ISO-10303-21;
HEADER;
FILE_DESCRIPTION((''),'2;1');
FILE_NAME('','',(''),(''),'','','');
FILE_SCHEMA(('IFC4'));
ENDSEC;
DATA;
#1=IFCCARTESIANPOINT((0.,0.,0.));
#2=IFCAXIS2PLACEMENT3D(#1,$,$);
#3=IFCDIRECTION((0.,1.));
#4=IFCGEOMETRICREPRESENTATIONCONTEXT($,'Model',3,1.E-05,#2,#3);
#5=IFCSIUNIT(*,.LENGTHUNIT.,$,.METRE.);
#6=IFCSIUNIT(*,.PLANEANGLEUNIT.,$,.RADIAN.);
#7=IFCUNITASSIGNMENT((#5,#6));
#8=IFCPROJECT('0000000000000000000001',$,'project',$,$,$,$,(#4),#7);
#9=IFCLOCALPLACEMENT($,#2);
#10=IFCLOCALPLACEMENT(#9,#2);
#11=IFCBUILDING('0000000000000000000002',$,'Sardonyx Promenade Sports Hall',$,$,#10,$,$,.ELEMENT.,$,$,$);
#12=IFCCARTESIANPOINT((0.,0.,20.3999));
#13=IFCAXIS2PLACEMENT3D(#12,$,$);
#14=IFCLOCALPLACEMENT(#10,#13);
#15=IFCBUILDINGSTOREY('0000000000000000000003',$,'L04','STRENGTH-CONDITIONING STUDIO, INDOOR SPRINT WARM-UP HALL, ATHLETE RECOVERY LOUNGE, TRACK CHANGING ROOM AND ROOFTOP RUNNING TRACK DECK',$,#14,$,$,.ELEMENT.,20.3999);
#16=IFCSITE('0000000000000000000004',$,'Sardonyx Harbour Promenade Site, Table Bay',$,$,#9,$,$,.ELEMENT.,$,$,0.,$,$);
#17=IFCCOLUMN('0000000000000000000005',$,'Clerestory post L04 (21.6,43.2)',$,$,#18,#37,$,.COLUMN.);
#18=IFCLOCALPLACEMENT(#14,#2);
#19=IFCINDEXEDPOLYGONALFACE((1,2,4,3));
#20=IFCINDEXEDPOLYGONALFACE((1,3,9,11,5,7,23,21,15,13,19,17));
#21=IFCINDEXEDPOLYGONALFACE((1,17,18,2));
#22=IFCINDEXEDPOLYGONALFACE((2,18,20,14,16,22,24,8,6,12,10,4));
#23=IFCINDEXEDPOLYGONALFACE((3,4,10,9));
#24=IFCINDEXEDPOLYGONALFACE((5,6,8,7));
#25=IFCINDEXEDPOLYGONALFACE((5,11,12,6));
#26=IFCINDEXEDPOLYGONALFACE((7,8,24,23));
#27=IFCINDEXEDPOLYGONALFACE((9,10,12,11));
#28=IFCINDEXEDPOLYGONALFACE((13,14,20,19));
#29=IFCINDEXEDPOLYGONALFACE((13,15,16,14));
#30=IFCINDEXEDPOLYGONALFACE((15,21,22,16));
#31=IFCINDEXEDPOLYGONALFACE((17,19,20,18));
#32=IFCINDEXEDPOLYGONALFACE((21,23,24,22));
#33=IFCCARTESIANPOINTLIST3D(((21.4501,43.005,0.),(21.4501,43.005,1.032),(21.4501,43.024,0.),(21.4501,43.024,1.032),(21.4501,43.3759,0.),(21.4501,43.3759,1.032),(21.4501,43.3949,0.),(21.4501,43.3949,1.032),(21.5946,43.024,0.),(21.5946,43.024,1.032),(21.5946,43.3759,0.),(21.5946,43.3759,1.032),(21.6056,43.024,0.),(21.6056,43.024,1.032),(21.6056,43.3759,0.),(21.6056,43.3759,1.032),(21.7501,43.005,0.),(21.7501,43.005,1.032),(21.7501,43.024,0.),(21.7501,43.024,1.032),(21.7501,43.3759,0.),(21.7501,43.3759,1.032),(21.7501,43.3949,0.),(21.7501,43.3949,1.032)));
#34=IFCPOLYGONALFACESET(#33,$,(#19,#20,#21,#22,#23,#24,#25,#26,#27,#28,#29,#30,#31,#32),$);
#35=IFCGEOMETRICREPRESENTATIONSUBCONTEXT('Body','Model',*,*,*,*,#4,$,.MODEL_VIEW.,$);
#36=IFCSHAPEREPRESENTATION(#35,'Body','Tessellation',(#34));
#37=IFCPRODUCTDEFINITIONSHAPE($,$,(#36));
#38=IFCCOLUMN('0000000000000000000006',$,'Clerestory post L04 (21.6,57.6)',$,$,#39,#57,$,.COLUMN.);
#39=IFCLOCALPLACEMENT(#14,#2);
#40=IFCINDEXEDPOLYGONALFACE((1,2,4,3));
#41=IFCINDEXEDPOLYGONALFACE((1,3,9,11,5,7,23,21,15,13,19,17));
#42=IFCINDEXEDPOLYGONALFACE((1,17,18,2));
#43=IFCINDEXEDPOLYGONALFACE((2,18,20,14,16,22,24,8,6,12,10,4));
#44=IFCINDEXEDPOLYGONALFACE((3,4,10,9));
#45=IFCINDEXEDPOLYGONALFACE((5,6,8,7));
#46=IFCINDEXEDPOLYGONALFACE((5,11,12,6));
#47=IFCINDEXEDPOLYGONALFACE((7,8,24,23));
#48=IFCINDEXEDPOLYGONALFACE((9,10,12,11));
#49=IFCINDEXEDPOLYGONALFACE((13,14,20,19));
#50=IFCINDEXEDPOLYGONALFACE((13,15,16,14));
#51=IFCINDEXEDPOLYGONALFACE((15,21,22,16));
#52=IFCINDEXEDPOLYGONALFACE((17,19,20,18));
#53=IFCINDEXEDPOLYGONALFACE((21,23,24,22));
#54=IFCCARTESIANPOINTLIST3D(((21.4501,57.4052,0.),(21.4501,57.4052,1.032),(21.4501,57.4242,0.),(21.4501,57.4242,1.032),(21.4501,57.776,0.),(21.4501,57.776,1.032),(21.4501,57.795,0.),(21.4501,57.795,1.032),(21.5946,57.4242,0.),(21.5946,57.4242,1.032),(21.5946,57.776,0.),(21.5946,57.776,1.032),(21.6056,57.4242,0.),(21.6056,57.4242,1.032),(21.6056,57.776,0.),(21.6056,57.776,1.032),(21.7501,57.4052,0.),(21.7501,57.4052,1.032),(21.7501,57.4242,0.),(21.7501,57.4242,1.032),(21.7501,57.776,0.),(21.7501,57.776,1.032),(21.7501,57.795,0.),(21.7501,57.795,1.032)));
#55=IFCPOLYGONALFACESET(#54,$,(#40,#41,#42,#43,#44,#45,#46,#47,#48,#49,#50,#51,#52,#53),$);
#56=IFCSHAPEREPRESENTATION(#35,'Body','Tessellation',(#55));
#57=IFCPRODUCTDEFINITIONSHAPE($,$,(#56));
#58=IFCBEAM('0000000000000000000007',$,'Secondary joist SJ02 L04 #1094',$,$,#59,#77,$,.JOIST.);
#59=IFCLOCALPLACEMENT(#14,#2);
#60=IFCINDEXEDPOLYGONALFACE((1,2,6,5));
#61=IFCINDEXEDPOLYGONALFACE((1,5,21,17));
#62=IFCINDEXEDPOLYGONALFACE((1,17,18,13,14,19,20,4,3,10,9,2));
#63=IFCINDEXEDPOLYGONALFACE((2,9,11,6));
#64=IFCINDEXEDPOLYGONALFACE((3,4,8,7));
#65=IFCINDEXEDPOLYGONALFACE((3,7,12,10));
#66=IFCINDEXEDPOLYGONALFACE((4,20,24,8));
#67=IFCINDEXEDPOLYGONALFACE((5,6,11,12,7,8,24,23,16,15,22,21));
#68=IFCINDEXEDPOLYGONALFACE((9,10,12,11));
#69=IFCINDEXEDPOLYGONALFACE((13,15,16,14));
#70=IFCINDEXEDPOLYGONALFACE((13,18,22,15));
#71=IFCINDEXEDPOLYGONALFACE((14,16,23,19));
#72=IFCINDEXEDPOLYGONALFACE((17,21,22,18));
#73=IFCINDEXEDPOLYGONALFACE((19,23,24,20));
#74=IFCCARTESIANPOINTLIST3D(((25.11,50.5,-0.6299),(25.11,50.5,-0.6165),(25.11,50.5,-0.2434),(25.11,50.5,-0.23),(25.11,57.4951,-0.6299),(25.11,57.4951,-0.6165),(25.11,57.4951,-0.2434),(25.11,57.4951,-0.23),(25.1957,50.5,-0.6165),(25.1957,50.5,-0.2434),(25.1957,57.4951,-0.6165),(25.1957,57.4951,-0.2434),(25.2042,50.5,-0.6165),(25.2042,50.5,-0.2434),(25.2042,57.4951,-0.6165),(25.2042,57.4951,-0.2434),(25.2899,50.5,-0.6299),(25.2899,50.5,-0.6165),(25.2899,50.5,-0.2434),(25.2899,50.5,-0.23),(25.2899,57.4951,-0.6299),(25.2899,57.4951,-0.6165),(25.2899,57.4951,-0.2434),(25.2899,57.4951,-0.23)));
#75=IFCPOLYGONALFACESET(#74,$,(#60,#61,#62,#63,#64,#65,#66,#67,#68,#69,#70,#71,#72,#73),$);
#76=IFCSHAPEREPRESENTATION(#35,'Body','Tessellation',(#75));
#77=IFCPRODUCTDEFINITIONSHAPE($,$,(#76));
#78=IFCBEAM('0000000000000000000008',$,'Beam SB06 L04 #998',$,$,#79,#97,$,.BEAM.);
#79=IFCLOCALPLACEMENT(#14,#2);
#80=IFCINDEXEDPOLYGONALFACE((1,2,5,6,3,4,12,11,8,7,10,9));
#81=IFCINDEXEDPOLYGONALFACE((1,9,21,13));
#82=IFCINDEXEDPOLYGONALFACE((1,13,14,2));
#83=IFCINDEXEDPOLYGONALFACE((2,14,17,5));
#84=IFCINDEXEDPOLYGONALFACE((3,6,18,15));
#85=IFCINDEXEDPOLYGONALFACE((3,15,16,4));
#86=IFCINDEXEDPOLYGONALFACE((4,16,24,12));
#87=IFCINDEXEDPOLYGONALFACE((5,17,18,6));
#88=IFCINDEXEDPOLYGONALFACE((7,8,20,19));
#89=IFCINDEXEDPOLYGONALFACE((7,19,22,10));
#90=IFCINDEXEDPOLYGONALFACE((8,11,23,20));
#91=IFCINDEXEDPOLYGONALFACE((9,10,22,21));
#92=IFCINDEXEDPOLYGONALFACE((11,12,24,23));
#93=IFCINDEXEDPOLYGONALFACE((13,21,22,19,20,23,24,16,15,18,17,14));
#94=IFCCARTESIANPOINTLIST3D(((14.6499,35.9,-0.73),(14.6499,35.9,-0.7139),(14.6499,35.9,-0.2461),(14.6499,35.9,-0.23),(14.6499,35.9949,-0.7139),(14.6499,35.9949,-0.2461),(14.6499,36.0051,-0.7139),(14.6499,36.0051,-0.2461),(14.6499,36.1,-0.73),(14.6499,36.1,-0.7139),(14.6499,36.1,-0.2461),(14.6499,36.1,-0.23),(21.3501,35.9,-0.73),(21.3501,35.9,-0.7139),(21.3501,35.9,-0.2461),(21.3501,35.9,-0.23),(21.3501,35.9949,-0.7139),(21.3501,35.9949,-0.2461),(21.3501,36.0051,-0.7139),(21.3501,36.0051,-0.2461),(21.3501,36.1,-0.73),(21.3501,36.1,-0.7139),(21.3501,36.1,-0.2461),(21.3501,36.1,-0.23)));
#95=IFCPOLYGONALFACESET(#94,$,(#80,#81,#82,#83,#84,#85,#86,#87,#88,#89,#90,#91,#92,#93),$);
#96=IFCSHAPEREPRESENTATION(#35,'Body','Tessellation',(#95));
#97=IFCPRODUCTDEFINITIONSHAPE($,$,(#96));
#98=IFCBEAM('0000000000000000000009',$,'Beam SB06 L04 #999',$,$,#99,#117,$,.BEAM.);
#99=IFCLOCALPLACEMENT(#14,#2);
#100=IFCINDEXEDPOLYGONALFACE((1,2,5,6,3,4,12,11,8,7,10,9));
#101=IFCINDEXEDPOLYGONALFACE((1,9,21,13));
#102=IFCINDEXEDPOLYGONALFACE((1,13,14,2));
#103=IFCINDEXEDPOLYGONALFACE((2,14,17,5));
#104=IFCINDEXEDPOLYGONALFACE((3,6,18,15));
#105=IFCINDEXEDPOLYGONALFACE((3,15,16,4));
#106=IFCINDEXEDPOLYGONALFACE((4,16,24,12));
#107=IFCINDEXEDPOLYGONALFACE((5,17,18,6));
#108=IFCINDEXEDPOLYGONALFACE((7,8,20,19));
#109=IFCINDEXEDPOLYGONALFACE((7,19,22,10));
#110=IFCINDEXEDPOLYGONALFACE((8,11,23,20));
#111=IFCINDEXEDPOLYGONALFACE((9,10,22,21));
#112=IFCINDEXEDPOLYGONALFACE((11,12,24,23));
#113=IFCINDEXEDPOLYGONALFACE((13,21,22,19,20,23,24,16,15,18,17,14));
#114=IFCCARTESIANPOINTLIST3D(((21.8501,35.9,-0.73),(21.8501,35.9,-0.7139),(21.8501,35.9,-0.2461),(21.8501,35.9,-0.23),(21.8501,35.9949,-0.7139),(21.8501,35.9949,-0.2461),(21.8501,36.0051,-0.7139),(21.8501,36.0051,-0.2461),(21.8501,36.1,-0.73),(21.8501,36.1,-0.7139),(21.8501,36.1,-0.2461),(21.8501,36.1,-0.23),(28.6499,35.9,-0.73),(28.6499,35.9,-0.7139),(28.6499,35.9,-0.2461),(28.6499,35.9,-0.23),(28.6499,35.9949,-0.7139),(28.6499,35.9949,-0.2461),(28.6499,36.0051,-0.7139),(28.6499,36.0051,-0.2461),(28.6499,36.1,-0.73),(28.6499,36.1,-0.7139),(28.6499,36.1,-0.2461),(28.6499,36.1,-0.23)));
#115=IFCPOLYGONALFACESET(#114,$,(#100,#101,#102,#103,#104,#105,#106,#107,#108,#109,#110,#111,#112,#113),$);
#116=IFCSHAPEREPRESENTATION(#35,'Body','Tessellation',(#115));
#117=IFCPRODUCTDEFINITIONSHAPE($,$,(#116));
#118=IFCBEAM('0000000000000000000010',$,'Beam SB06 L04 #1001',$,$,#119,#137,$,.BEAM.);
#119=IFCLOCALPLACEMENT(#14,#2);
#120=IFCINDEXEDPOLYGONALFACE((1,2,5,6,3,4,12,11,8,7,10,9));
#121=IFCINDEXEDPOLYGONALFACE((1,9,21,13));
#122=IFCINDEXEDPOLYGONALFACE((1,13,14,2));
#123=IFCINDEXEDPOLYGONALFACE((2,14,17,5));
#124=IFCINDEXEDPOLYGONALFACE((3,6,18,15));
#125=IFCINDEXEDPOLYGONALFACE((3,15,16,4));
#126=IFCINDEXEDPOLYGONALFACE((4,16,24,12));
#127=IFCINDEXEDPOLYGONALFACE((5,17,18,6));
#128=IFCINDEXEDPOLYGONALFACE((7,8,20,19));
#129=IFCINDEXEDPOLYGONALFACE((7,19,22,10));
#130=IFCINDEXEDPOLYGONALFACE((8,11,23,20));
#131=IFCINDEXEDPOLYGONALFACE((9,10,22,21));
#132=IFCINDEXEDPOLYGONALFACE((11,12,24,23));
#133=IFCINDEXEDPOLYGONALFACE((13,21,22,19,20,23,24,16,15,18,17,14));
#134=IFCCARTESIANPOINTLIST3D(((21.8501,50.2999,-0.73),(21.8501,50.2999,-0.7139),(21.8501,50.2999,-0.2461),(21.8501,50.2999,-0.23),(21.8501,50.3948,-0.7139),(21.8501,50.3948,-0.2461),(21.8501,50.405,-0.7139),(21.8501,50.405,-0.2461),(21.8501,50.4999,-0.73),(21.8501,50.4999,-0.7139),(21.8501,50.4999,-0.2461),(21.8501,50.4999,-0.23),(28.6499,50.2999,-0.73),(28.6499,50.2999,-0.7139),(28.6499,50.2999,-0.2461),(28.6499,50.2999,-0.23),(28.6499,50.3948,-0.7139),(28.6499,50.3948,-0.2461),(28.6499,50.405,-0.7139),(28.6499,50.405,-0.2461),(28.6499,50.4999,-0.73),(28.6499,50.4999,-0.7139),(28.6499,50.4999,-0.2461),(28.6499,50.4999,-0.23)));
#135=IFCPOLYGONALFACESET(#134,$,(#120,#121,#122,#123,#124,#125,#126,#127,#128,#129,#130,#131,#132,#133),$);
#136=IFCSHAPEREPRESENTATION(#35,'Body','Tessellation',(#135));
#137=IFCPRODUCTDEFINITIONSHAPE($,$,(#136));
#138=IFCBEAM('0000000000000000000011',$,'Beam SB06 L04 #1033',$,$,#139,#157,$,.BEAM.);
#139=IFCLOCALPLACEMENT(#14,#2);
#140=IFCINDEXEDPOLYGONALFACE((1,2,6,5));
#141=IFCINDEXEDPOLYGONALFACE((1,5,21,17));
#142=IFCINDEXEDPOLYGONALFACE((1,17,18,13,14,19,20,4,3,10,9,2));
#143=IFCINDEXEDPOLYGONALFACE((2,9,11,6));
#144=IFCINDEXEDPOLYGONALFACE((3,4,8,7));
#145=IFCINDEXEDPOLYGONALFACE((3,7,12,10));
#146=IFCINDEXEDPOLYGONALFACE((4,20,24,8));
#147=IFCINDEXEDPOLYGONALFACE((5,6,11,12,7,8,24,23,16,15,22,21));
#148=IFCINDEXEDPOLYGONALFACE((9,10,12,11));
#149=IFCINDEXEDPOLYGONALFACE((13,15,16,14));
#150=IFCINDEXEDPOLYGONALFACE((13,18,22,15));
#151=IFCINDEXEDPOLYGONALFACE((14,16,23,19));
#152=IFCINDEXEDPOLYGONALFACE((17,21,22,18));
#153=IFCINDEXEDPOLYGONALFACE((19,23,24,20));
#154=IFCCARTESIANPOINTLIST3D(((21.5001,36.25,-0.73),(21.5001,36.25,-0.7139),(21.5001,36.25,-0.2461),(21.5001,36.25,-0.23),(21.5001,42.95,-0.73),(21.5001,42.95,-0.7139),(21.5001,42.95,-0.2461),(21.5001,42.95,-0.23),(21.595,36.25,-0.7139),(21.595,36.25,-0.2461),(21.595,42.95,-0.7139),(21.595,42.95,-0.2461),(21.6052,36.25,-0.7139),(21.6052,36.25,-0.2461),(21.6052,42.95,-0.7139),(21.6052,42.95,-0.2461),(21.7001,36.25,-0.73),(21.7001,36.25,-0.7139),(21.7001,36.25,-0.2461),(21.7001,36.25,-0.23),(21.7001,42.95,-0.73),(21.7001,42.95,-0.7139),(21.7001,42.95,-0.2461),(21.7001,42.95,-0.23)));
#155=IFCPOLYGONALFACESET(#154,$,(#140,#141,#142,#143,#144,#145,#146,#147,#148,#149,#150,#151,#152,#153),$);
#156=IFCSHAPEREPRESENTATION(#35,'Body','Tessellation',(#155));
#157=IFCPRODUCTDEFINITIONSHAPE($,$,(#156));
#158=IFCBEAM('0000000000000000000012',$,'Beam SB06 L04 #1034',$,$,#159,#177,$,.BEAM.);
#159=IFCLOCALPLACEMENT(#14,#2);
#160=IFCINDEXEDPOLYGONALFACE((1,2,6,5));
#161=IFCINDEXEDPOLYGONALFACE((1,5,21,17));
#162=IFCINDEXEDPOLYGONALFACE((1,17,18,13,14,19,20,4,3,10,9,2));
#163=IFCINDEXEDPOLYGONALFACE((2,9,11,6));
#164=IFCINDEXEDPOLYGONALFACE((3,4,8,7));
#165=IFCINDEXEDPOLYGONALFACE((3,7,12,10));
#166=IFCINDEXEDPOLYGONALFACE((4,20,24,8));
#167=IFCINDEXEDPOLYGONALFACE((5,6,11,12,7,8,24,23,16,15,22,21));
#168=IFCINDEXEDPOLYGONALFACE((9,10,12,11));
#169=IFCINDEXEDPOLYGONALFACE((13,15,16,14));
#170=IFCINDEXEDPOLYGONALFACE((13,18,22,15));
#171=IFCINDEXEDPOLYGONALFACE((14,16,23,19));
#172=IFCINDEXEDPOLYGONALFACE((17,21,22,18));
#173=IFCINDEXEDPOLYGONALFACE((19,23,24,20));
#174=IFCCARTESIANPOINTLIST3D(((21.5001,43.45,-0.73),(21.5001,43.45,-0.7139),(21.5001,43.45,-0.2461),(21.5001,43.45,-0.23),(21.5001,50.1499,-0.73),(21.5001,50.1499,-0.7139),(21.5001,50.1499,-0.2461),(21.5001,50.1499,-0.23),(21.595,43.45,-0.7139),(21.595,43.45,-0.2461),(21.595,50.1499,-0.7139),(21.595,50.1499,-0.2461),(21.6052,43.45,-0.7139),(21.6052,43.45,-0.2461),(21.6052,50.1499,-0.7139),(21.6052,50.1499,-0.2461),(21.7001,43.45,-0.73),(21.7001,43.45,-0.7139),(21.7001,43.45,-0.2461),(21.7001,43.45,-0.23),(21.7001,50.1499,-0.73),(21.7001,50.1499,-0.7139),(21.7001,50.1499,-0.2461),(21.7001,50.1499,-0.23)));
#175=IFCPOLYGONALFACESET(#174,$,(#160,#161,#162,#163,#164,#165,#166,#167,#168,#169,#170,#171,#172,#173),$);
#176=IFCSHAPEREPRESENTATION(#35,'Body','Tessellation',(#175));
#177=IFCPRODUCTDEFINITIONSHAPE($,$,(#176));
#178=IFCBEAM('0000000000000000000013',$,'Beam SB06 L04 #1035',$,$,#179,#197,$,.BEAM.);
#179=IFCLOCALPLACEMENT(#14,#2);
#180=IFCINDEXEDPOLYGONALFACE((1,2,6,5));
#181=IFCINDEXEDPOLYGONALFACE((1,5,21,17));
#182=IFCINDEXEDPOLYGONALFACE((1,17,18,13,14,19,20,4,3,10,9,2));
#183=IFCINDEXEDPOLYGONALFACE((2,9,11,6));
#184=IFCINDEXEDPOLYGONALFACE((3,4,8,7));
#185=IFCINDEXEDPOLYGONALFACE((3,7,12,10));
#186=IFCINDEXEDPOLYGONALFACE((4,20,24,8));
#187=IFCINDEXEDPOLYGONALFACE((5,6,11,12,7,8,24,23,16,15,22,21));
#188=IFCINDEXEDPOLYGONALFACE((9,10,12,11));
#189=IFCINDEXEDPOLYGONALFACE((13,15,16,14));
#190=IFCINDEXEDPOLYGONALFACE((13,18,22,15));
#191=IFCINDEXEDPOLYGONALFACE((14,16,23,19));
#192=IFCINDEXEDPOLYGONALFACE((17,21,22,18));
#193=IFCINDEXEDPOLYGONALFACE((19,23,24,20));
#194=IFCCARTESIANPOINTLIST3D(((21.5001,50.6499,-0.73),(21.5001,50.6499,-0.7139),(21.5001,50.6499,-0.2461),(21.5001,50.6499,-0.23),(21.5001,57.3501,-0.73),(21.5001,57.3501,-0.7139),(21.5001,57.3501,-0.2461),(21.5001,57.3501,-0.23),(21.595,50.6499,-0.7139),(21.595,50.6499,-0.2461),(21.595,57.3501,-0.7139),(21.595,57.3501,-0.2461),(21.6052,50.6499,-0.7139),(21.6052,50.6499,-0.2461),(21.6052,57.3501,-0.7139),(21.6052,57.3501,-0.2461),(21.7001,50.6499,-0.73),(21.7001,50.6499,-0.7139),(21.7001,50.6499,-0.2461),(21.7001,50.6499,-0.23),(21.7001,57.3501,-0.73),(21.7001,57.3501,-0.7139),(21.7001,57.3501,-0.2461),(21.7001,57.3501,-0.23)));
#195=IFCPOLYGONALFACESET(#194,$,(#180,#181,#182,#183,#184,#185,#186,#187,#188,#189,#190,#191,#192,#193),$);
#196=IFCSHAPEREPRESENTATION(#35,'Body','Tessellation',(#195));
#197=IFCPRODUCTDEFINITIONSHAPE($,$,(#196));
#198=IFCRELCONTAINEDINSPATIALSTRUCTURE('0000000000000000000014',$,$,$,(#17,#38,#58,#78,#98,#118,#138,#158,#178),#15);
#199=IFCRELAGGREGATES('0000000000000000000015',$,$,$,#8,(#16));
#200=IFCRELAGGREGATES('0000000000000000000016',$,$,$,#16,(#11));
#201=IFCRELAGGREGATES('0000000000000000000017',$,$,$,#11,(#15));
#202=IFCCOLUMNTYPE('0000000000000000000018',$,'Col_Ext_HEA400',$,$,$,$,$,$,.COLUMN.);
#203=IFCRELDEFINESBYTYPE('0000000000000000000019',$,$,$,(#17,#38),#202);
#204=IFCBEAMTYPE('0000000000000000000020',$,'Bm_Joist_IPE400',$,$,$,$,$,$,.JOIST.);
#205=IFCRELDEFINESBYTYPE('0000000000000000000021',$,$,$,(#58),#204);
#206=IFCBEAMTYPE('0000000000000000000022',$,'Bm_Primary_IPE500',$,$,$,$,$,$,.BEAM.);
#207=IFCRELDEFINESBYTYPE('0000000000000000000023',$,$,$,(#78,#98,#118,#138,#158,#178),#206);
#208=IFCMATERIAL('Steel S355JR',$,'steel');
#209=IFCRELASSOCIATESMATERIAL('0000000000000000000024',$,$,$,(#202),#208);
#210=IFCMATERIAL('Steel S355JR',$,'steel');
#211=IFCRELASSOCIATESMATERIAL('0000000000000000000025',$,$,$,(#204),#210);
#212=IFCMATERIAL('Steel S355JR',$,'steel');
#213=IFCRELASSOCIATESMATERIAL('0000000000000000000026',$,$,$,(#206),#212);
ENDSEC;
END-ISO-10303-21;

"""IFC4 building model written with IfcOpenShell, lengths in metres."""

from ifc_helpers import new_model, si_unit, direction, frame, origin, origin_2d, place, context, subcontext, project, spatial, i_section, extrude, material, material_profile, profile_set, type_object, element, save


model = new_model("IFC4")

# Units and contexts
model_context = context("Model", 3, precision=1e-05, world=origin(), true_north=direction((0.0, 1.0)))
body_context = subcontext(model_context, "Body", "Model", "MODEL_VIEW")
ifc_project = project(units=[si_unit("LENGTHUNIT", "METRE"), si_unit("PLANEANGLEUNIT", "RADIAN")], contexts=[model_context])

# Site, building, storey
site_placement = place(None, origin())
site = spatial("IfcSite", under=ifc_project, at=site_placement, Name="Sardonyx Harbour Promenade Site, Table Bay", CompositionType="ELEMENT", RefElevation=0.0)
building_placement = place(site_placement, origin())
building = spatial("IfcBuilding", under=site, at=building_placement, Name="Sardonyx Promenade Sports Hall", CompositionType="ELEMENT")
storey_placement = place(building_placement, frame((0.0, 0.0, 20.3999)))
storey = spatial("IfcBuildingStorey", under=building, at=storey_placement, Name="L04", Description="STRENGTH-CONDITIONING STUDIO, INDOOR SPRINT WARM-UP HALL, ATHLETE RECOVERY LOUNGE, TRACK CHANGING ROOM AND ROOFTOP RUNNING TRACK DECK", CompositionType="ELEMENT", Elevation=20.3999)

# Columns
ifc_material_1 = material(Name="Steel S355JR", Category="steel")
ifc_material_profile_1 = material_profile(ifc_material_1, i_section(OverallWidth=0.3, OverallDepth=0.3899, WebThickness=0.011, FlangeThickness=0.019, at=origin_2d()))
ifc_profile_set_1 = profile_set([ifc_material_profile_1], Name="Steel S355JR")
column_type = type_object("IfcColumnType", Name="Col_Ext_HEA400", PredefinedType="COLUMN", material=ifc_profile_set_1)
for number, where, z_axis, x_axis, name in (
    (1, (21.6001, 43.2, 0.0), (0.0, 0.0, 1.0), (1.0, 0.0, 0.0), "Clerestory post L04 (21.6,43.2)"),
    (2, (21.6001, 57.6001, 0.0), (0.0, 0.0, 1.0), (1.0, 0.0, 0.0), "Clerestory post L04 (21.6,57.6)"),
):
    element("IfcColumn", number, at=place(storey_placement, frame(where, z_axis=z_axis, x_axis=x_axis)), inside=storey, type_object=column_type, Name=name, PredefinedType="COLUMN", context=body_context, shape_type="SweptSolid", body=[
        extrude(i_section(OverallWidth=0.3, OverallDepth=0.3899, WebThickness=0.011, FlangeThickness=0.019, at=origin_2d()), origin(), (0.0, 0.0, 1.0), 1.032),
    ])

# Beams
ifc_material_2 = material(Name="Steel S355JR", Category="steel")
ifc_material_profile_2 = material_profile(ifc_material_2, i_section(OverallWidth=0.1799, OverallDepth=0.3999, WebThickness=0.0085, FlangeThickness=0.0134, at=origin_2d()))
ifc_profile_set_2 = profile_set([ifc_material_profile_2], Name="Steel S355JR")
beam_type_1 = type_object("IfcBeamType", Name="Bm_Joist_IPE400", PredefinedType="JOIST", material=ifc_profile_set_2)
beam_1_placement = place(storey_placement, frame((25.2, 50.5, -0.4299), z_axis=(0.0, 1.0, 0.0), x_axis=(-1.0, 0.0, 0.0)))
element("IfcBeam", 3, at=beam_1_placement, inside=storey, type_object=beam_type_1, Name="Secondary joist SJ02 L04 #1094", PredefinedType="JOIST", context=body_context, shape_type="SweptSolid", body=[
    extrude(i_section(OverallWidth=0.1799, OverallDepth=0.3999, WebThickness=0.0085, FlangeThickness=0.0134, at=origin_2d()), origin(), (0.0, 0.0, 1.0), 6.9951),
])
ifc_material_3 = material(Name="Steel S355JR", Category="steel")
ifc_material_profile_3 = material_profile(ifc_material_3, i_section(OverallWidth=0.2, OverallDepth=0.5, WebThickness=0.0103, FlangeThickness=0.0161, at=origin_2d()))
ifc_profile_set_3 = profile_set([ifc_material_profile_3], Name="Steel S355JR")
beam_type_2 = type_object("IfcBeamType", Name="Bm_Primary_IPE500", PredefinedType="BEAM", material=ifc_profile_set_3)
beam_2_placement = place(storey_placement, frame((14.6499, 36.0, -0.48), z_axis=(1.0, 0.0, 0.0), x_axis=(0.0, 1.0, 0.0)))
element("IfcBeam", 4, at=beam_2_placement, inside=storey, type_object=beam_type_2, Name="Beam SB06 L04 #998", PredefinedType="BEAM", context=body_context, shape_type="SweptSolid", body=[
    extrude(i_section(OverallWidth=0.2, OverallDepth=0.5, WebThickness=0.0103, FlangeThickness=0.0161, at=origin_2d()), origin(), (0.0, 0.0, 1.0), 6.7002),
])
for number, where, z_axis, x_axis, name in (
    (5, (21.8501, 36.0, -0.48), (1.0, 0.0, 0.0), (0.0, 1.0, 0.0), "Beam SB06 L04 #999"),
    (6, (21.8501, 50.3999, -0.48), (1.0, 0.0, 0.0), (0.0, 1.0, 0.0), "Beam SB06 L04 #1001"),
):
    element("IfcBeam", number, at=place(storey_placement, frame(where, z_axis=z_axis, x_axis=x_axis)), inside=storey, type_object=beam_type_2, Name=name, PredefinedType="BEAM", context=body_context, shape_type="SweptSolid", body=[
        extrude(i_section(OverallWidth=0.2, OverallDepth=0.5, WebThickness=0.0103, FlangeThickness=0.0161, at=origin_2d()), origin(), (0.0, 0.0, 1.0), 6.7998),
    ])
for number, where, z_axis, x_axis, name in (
    (7, (21.6001, 36.25, -0.48), (0.0, 1.0, 0.0), (-1.0, 0.0, 0.0), "Beam SB06 L04 #1033"),
    (8, (21.6001, 43.45, -0.48), (0.0, 1.0, 0.0), (-1.0, 0.0, 0.0), "Beam SB06 L04 #1034"),
):
    element("IfcBeam", number, at=place(storey_placement, frame(where, z_axis=z_axis, x_axis=x_axis)), inside=storey, type_object=beam_type_2, Name=name, PredefinedType="BEAM", context=body_context, shape_type="SweptSolid", body=[
        extrude(i_section(OverallWidth=0.2, OverallDepth=0.5, WebThickness=0.0103, FlangeThickness=0.0161, at=origin_2d()), origin(), (0.0, 0.0, 1.0), 6.7),
    ])
beam_3_placement = place(storey_placement, frame((21.6001, 50.6499, -0.48), z_axis=(0.0, 1.0, 0.0), x_axis=(-1.0, 0.0, 0.0)))
element("IfcBeam", 9, at=beam_3_placement, inside=storey, type_object=beam_type_2, Name="Beam SB06 L04 #1035", PredefinedType="BEAM", context=body_context, shape_type="SweptSolid", body=[
    extrude(i_section(OverallWidth=0.2, OverallDepth=0.5, WebThickness=0.0103, FlangeThickness=0.0161, at=origin_2d()), origin(), (0.0, 0.0, 1.0), 6.7002),
])

save(model, "model.ifc")
